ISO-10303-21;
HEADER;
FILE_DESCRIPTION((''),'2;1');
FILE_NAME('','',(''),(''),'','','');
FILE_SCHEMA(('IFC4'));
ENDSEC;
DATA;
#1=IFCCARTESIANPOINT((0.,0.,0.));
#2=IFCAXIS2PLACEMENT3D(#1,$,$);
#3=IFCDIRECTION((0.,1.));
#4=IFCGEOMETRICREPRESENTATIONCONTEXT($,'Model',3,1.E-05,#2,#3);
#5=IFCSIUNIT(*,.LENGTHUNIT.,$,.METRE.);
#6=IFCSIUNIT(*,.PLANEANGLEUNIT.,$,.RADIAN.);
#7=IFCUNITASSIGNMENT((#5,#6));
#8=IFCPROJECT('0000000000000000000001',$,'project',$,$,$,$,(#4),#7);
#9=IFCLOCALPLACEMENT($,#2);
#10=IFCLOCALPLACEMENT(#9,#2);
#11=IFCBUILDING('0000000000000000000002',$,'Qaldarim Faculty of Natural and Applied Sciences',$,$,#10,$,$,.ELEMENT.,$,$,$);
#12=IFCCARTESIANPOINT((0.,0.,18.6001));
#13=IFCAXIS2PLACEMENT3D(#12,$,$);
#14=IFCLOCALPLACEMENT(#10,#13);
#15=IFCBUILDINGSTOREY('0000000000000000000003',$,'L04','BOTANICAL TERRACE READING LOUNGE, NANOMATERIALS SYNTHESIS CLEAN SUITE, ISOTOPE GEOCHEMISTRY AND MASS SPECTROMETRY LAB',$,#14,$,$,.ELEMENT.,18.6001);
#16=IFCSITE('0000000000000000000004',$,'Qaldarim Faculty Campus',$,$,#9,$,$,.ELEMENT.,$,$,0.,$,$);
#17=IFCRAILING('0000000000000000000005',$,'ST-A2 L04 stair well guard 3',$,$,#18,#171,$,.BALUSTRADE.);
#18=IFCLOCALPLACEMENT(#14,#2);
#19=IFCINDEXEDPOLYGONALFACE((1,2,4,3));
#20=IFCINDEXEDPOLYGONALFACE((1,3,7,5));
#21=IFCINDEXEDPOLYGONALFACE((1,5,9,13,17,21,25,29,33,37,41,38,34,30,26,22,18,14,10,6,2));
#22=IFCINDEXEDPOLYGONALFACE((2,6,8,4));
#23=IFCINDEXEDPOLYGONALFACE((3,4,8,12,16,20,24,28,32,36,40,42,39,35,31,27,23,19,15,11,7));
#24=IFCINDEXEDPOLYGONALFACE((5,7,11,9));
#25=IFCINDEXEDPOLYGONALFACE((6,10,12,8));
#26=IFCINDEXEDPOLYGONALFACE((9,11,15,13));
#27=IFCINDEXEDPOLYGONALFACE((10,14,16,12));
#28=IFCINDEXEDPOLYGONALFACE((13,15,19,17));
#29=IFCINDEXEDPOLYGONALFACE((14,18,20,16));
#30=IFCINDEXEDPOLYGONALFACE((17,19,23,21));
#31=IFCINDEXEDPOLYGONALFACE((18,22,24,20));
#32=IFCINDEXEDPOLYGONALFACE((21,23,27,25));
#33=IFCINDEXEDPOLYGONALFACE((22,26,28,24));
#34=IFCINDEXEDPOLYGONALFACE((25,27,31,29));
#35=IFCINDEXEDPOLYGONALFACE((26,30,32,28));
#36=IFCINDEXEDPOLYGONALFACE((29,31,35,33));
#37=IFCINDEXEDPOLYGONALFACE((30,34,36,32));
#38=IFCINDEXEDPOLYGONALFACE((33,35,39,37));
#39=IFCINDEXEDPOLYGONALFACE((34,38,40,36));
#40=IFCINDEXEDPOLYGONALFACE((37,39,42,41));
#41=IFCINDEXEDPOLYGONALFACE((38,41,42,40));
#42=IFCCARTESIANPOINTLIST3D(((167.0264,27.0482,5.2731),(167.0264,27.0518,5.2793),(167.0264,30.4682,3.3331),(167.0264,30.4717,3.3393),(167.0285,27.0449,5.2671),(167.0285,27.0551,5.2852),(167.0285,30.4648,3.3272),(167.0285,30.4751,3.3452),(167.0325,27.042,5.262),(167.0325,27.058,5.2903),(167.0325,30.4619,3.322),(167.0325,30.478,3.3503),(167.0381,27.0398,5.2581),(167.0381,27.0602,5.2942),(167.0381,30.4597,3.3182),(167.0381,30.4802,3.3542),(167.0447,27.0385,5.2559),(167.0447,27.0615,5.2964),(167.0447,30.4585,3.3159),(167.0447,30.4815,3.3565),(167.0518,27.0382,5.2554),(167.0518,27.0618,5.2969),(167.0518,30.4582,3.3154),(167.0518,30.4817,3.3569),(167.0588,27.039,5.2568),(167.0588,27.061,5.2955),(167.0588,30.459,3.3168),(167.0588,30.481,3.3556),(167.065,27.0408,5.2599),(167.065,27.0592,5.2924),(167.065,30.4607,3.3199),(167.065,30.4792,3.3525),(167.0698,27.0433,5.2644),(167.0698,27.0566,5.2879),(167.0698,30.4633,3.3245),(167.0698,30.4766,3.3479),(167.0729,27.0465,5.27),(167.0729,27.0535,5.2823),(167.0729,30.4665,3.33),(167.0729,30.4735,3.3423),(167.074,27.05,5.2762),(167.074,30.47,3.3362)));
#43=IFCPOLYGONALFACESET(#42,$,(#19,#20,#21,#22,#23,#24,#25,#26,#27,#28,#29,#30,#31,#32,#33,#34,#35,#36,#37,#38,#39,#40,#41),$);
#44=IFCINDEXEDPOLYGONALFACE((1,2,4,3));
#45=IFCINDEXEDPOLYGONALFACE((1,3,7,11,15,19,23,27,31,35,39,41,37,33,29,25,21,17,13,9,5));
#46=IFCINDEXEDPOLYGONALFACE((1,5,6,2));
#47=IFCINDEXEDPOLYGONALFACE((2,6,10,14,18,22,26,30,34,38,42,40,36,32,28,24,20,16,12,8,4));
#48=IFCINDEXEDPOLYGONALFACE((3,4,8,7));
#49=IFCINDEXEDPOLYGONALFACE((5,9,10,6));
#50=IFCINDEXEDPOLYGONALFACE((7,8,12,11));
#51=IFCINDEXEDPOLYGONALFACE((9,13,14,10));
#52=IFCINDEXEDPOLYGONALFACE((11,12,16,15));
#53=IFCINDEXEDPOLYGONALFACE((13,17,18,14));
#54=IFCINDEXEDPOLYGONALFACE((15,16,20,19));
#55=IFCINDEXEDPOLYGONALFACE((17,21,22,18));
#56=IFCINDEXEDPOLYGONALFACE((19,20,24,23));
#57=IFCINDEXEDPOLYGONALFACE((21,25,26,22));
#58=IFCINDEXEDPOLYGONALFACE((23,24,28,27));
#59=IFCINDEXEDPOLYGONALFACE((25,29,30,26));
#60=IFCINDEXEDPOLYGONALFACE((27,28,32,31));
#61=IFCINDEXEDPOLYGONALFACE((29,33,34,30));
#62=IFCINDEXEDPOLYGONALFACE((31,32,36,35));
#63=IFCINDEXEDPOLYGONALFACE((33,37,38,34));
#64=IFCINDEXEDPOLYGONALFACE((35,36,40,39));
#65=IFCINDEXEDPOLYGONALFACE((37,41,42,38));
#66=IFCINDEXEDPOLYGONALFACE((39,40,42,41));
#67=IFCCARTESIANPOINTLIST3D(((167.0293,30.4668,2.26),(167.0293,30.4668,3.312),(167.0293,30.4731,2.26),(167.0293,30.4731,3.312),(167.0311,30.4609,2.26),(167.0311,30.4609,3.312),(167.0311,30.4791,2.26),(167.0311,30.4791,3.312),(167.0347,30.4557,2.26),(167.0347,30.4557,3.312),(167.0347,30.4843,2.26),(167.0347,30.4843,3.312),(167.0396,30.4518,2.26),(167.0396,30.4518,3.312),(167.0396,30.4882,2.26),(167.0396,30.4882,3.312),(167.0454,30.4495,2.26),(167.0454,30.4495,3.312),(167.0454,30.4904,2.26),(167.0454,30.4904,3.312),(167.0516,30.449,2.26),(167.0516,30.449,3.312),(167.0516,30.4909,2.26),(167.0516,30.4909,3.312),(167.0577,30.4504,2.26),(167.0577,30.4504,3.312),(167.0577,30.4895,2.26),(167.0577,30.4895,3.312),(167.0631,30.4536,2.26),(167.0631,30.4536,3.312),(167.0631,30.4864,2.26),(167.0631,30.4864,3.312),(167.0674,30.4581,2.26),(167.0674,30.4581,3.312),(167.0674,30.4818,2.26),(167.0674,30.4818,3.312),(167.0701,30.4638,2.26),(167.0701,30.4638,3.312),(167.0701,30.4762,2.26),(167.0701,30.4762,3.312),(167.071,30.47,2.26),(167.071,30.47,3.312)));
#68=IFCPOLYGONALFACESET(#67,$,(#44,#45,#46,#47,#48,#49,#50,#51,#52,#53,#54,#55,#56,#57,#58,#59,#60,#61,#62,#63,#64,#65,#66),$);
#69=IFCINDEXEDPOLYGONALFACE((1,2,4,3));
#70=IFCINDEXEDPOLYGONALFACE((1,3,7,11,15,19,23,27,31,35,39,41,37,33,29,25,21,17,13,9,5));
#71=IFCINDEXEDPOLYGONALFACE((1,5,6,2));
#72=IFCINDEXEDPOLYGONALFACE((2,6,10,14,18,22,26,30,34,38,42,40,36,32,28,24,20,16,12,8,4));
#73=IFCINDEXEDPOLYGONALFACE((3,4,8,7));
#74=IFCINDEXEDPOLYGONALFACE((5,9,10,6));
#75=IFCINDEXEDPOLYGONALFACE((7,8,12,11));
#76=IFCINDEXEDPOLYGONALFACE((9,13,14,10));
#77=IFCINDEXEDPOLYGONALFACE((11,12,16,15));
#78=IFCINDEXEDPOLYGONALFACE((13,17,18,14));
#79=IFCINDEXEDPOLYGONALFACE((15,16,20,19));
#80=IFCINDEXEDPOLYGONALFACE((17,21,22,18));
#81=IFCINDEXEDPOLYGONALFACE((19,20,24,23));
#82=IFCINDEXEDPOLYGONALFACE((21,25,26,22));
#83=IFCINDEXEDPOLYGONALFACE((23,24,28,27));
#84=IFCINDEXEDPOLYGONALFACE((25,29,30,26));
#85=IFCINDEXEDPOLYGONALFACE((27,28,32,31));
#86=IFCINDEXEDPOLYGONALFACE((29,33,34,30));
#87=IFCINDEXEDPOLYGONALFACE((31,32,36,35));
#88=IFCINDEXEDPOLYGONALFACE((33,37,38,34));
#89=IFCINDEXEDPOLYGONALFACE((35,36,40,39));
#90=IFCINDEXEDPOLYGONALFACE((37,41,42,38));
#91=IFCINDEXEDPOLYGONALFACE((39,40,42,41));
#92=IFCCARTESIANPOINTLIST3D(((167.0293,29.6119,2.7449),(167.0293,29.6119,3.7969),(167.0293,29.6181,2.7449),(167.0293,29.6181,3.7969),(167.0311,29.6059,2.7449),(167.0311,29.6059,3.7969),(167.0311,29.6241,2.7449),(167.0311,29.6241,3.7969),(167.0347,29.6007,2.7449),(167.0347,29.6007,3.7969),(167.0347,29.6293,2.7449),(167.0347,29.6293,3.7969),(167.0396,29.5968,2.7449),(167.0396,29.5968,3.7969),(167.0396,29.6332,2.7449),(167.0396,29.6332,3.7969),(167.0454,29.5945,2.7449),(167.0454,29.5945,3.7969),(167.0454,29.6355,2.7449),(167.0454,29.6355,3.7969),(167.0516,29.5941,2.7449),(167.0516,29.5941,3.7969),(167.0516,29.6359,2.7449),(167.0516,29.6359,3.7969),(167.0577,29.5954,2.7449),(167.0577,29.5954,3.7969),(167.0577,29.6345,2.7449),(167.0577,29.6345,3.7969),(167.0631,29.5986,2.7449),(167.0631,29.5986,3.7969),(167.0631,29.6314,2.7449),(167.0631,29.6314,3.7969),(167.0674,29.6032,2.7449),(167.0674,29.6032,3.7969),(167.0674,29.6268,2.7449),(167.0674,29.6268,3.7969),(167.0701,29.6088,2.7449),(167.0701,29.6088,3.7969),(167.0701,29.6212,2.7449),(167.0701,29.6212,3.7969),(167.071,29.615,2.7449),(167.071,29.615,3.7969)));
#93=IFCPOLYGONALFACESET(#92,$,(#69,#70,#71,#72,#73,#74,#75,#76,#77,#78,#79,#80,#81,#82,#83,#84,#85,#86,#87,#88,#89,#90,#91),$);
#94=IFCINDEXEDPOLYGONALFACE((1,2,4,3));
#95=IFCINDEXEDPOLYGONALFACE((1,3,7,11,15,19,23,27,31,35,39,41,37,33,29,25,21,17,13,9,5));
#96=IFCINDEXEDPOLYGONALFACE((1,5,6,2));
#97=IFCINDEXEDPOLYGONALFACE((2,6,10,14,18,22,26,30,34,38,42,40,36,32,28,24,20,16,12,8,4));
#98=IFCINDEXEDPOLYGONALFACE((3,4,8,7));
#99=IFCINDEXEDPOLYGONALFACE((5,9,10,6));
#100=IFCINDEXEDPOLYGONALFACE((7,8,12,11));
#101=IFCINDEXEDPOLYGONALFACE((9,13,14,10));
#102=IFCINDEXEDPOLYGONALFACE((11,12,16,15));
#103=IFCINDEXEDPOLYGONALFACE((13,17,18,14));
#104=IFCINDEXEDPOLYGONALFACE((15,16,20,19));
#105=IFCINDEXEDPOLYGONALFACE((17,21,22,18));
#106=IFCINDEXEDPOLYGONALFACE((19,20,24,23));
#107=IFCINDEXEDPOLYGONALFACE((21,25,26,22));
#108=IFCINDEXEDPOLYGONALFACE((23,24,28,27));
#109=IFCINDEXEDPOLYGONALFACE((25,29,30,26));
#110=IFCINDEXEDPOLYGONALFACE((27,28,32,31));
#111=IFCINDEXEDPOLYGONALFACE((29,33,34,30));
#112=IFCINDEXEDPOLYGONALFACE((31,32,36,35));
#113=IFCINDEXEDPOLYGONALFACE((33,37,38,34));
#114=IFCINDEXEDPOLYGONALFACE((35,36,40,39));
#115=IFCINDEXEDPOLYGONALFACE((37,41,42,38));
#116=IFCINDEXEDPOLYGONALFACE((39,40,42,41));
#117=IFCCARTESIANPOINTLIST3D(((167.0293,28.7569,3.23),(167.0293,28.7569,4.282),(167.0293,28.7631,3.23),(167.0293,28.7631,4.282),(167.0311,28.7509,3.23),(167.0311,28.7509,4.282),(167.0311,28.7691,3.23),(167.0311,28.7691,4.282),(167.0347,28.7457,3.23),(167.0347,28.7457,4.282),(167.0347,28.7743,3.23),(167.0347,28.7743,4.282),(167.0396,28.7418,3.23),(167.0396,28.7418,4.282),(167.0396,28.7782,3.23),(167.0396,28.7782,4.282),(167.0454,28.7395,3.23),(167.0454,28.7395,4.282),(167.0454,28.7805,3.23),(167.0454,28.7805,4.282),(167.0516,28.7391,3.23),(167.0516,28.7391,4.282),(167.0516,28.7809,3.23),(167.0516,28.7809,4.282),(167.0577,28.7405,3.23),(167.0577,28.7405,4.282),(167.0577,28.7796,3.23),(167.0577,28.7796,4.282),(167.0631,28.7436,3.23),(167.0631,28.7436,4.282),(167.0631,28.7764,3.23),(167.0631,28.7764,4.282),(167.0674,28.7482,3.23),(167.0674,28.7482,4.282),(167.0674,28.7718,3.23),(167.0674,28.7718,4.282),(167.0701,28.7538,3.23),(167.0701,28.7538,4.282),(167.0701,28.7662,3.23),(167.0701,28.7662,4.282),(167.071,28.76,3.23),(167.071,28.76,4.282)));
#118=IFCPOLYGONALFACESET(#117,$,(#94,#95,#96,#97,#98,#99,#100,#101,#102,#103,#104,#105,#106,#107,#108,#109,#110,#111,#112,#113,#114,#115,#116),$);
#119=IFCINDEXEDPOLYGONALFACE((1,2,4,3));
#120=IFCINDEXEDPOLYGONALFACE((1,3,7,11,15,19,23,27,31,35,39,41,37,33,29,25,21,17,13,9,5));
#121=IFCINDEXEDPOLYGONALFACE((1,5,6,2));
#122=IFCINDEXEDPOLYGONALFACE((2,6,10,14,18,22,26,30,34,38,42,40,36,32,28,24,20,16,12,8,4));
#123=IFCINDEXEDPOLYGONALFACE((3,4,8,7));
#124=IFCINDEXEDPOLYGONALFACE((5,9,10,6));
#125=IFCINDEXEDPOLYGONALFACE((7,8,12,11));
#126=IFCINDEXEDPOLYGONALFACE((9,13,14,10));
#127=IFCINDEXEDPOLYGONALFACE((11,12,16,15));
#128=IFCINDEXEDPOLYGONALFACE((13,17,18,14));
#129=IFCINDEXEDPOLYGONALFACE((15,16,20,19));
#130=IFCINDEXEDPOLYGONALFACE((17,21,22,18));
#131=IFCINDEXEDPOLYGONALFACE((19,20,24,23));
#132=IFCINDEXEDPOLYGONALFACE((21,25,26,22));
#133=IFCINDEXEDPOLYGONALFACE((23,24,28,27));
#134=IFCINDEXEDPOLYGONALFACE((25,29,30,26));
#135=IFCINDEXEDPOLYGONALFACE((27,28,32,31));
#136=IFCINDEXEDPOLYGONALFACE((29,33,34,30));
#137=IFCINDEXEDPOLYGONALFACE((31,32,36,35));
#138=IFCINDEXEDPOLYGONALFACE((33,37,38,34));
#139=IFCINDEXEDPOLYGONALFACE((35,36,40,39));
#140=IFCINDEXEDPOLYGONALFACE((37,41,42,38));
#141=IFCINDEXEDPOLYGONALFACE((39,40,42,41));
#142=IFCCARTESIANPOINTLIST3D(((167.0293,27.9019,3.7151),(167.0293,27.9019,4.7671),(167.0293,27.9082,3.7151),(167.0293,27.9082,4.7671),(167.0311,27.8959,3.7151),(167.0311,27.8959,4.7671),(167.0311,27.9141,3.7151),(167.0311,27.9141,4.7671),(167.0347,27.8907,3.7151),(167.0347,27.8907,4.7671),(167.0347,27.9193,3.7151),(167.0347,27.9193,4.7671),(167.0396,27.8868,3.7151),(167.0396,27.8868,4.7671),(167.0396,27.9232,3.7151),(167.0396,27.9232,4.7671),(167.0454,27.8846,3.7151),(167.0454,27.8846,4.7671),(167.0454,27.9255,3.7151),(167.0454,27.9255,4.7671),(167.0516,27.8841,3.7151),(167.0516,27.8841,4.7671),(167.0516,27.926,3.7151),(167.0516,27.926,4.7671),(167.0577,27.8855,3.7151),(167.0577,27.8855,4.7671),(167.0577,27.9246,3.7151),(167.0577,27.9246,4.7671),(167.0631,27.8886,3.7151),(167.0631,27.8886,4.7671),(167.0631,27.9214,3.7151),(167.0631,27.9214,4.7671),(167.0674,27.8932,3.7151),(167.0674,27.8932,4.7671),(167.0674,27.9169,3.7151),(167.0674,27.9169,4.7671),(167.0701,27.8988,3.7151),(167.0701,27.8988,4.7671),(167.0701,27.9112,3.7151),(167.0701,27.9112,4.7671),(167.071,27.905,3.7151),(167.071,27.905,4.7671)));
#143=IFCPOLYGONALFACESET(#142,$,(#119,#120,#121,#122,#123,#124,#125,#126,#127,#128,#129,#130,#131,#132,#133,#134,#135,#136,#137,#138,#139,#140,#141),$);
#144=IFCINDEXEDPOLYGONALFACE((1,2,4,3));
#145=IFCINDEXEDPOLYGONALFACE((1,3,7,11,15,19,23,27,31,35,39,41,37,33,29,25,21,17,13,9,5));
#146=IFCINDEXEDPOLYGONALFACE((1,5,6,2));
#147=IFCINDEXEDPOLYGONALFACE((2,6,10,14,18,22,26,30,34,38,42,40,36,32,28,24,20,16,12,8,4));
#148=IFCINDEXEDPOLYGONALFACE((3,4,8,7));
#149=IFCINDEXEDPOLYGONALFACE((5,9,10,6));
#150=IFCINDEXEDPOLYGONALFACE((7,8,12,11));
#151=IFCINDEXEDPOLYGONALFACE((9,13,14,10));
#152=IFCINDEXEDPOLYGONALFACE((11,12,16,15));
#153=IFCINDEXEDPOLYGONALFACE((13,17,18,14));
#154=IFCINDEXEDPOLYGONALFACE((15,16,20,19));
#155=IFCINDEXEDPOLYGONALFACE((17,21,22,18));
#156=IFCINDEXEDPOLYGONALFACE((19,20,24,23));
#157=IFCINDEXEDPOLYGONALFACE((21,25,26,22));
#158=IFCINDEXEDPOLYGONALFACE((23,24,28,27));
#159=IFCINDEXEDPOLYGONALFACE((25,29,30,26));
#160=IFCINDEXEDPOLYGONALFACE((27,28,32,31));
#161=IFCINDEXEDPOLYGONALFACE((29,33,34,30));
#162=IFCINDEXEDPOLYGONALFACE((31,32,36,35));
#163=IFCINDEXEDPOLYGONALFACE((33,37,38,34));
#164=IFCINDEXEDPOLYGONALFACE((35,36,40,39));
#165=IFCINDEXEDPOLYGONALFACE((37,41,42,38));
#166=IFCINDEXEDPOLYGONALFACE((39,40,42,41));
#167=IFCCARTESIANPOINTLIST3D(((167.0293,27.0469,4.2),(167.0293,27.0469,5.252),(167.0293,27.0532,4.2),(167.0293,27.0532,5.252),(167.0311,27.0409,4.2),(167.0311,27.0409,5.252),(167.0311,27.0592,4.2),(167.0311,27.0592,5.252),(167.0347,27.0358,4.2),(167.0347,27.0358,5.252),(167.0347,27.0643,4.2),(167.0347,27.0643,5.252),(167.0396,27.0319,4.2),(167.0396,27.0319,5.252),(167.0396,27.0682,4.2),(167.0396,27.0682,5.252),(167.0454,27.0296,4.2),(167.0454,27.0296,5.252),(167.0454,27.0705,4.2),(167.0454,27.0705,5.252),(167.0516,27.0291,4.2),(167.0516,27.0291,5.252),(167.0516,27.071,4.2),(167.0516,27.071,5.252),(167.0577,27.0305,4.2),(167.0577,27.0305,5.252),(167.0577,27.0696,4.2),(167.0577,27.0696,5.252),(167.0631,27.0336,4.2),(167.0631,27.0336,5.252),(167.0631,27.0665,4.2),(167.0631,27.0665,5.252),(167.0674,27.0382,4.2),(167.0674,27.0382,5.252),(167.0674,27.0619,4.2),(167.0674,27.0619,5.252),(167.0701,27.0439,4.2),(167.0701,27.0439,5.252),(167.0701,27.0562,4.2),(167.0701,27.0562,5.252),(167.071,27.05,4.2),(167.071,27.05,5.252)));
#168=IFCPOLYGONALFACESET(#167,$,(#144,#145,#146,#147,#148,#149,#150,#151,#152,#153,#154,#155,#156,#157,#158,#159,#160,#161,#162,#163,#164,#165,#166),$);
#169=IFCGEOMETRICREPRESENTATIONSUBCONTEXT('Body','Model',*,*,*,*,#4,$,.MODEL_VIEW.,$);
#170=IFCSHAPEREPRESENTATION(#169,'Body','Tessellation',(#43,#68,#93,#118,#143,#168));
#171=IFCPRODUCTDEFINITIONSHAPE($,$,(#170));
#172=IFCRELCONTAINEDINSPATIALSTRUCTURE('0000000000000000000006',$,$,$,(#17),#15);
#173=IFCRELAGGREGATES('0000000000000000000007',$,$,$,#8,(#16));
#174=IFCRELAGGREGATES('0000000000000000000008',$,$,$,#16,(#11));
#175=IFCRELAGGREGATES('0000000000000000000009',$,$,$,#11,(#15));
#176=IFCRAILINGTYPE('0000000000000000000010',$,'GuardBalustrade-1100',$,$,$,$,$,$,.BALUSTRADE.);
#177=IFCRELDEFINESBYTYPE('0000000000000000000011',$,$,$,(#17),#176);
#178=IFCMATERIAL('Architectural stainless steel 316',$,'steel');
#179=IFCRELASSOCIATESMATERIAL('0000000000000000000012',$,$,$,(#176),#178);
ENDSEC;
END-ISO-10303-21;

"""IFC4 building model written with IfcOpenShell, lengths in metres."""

from ifc_helpers import new_model, si_unit, direction, frame, origin, origin_2d, place, context, subcontext, project, spatial, circle, extrude, material, type_object, element, save


model = new_model("IFC4")

# Units and contexts
model_context = context("Model", 3, precision=1e-05, world=origin(), true_north=direction((0.0, 1.0)))
body_context = subcontext(model_context, "Body", "Model", "MODEL_VIEW")
ifc_project = project(units=[si_unit("LENGTHUNIT", "METRE"), si_unit("PLANEANGLEUNIT", "RADIAN")], contexts=[model_context])

# Site, building, storey
site_placement = place(None, origin())
site = spatial("IfcSite", under=ifc_project, at=site_placement, Name="Qaldarim Faculty Campus", CompositionType="ELEMENT", RefElevation=0.0)
building_placement = place(site_placement, origin())
building = spatial("IfcBuilding", under=site, at=building_placement, Name="Qaldarim Faculty of Natural and Applied Sciences", CompositionType="ELEMENT")
storey_placement = place(building_placement, frame((0.0, 0.0, 18.6001)))
storey = spatial("IfcBuildingStorey", under=building, at=storey_placement, Name="L04", Description="BOTANICAL TERRACE READING LOUNGE, NANOMATERIALS SYNTHESIS CLEAN SUITE, ISOTOPE GEOCHEMISTRY AND MASS SPECTROMETRY LAB", CompositionType="ELEMENT", Elevation=18.6001)

# Shared definitions
ifc_material_1 = material(Name="Architectural stainless steel 316", Category="steel")

# Railing
railing_type_1 = type_object("IfcRailingType", Name="GuardBalustrade-1100", PredefinedType="BALUSTRADE", material=ifc_material_1)
railing_1_placement = place(storey_placement, frame((167.05, 30.47, 2.26)))
element("IfcRailing", 1, at=railing_1_placement, inside=storey, type_object=railing_type_1, Name="ST-A2 L04 stair well guard 3", PredefinedType="BALUSTRADE", context=body_context, shape_type="SweptSolid", body=[
    extrude(circle(Radius=0.0239, at=origin_2d()), frame((0.0, 0.0, 1.0762), z_axis=(0.0, -0.869805, 0.493395), x_axis=(1.0, 0.0, 0.0)), (0.0, 0.0, 1.0), 3.9319),
    extrude(circle(Radius=0.021, at=origin_2d()), origin(), (0.0, 0.0, 1.0), 1.052),
    extrude(circle(Radius=0.021, at=origin_2d()), frame((0.0, -0.855, 0.4849)), (0.0, 0.0, 1.0), 1.052),
    extrude(circle(Radius=0.021, at=origin_2d()), frame((0.0, -1.71, 0.97)), (0.0, 0.0, 1.0), 1.052),
    extrude(circle(Radius=0.021, at=origin_2d()), frame((0.0, -2.5649, 1.4551)), (0.0, 0.0, 1.0), 1.052),
    extrude(circle(Radius=0.021, at=origin_2d()), frame((0.0, -3.4199, 1.9399)), (0.0, 0.0, 1.0), 1.052),
])

save(model, "model.ifc")
